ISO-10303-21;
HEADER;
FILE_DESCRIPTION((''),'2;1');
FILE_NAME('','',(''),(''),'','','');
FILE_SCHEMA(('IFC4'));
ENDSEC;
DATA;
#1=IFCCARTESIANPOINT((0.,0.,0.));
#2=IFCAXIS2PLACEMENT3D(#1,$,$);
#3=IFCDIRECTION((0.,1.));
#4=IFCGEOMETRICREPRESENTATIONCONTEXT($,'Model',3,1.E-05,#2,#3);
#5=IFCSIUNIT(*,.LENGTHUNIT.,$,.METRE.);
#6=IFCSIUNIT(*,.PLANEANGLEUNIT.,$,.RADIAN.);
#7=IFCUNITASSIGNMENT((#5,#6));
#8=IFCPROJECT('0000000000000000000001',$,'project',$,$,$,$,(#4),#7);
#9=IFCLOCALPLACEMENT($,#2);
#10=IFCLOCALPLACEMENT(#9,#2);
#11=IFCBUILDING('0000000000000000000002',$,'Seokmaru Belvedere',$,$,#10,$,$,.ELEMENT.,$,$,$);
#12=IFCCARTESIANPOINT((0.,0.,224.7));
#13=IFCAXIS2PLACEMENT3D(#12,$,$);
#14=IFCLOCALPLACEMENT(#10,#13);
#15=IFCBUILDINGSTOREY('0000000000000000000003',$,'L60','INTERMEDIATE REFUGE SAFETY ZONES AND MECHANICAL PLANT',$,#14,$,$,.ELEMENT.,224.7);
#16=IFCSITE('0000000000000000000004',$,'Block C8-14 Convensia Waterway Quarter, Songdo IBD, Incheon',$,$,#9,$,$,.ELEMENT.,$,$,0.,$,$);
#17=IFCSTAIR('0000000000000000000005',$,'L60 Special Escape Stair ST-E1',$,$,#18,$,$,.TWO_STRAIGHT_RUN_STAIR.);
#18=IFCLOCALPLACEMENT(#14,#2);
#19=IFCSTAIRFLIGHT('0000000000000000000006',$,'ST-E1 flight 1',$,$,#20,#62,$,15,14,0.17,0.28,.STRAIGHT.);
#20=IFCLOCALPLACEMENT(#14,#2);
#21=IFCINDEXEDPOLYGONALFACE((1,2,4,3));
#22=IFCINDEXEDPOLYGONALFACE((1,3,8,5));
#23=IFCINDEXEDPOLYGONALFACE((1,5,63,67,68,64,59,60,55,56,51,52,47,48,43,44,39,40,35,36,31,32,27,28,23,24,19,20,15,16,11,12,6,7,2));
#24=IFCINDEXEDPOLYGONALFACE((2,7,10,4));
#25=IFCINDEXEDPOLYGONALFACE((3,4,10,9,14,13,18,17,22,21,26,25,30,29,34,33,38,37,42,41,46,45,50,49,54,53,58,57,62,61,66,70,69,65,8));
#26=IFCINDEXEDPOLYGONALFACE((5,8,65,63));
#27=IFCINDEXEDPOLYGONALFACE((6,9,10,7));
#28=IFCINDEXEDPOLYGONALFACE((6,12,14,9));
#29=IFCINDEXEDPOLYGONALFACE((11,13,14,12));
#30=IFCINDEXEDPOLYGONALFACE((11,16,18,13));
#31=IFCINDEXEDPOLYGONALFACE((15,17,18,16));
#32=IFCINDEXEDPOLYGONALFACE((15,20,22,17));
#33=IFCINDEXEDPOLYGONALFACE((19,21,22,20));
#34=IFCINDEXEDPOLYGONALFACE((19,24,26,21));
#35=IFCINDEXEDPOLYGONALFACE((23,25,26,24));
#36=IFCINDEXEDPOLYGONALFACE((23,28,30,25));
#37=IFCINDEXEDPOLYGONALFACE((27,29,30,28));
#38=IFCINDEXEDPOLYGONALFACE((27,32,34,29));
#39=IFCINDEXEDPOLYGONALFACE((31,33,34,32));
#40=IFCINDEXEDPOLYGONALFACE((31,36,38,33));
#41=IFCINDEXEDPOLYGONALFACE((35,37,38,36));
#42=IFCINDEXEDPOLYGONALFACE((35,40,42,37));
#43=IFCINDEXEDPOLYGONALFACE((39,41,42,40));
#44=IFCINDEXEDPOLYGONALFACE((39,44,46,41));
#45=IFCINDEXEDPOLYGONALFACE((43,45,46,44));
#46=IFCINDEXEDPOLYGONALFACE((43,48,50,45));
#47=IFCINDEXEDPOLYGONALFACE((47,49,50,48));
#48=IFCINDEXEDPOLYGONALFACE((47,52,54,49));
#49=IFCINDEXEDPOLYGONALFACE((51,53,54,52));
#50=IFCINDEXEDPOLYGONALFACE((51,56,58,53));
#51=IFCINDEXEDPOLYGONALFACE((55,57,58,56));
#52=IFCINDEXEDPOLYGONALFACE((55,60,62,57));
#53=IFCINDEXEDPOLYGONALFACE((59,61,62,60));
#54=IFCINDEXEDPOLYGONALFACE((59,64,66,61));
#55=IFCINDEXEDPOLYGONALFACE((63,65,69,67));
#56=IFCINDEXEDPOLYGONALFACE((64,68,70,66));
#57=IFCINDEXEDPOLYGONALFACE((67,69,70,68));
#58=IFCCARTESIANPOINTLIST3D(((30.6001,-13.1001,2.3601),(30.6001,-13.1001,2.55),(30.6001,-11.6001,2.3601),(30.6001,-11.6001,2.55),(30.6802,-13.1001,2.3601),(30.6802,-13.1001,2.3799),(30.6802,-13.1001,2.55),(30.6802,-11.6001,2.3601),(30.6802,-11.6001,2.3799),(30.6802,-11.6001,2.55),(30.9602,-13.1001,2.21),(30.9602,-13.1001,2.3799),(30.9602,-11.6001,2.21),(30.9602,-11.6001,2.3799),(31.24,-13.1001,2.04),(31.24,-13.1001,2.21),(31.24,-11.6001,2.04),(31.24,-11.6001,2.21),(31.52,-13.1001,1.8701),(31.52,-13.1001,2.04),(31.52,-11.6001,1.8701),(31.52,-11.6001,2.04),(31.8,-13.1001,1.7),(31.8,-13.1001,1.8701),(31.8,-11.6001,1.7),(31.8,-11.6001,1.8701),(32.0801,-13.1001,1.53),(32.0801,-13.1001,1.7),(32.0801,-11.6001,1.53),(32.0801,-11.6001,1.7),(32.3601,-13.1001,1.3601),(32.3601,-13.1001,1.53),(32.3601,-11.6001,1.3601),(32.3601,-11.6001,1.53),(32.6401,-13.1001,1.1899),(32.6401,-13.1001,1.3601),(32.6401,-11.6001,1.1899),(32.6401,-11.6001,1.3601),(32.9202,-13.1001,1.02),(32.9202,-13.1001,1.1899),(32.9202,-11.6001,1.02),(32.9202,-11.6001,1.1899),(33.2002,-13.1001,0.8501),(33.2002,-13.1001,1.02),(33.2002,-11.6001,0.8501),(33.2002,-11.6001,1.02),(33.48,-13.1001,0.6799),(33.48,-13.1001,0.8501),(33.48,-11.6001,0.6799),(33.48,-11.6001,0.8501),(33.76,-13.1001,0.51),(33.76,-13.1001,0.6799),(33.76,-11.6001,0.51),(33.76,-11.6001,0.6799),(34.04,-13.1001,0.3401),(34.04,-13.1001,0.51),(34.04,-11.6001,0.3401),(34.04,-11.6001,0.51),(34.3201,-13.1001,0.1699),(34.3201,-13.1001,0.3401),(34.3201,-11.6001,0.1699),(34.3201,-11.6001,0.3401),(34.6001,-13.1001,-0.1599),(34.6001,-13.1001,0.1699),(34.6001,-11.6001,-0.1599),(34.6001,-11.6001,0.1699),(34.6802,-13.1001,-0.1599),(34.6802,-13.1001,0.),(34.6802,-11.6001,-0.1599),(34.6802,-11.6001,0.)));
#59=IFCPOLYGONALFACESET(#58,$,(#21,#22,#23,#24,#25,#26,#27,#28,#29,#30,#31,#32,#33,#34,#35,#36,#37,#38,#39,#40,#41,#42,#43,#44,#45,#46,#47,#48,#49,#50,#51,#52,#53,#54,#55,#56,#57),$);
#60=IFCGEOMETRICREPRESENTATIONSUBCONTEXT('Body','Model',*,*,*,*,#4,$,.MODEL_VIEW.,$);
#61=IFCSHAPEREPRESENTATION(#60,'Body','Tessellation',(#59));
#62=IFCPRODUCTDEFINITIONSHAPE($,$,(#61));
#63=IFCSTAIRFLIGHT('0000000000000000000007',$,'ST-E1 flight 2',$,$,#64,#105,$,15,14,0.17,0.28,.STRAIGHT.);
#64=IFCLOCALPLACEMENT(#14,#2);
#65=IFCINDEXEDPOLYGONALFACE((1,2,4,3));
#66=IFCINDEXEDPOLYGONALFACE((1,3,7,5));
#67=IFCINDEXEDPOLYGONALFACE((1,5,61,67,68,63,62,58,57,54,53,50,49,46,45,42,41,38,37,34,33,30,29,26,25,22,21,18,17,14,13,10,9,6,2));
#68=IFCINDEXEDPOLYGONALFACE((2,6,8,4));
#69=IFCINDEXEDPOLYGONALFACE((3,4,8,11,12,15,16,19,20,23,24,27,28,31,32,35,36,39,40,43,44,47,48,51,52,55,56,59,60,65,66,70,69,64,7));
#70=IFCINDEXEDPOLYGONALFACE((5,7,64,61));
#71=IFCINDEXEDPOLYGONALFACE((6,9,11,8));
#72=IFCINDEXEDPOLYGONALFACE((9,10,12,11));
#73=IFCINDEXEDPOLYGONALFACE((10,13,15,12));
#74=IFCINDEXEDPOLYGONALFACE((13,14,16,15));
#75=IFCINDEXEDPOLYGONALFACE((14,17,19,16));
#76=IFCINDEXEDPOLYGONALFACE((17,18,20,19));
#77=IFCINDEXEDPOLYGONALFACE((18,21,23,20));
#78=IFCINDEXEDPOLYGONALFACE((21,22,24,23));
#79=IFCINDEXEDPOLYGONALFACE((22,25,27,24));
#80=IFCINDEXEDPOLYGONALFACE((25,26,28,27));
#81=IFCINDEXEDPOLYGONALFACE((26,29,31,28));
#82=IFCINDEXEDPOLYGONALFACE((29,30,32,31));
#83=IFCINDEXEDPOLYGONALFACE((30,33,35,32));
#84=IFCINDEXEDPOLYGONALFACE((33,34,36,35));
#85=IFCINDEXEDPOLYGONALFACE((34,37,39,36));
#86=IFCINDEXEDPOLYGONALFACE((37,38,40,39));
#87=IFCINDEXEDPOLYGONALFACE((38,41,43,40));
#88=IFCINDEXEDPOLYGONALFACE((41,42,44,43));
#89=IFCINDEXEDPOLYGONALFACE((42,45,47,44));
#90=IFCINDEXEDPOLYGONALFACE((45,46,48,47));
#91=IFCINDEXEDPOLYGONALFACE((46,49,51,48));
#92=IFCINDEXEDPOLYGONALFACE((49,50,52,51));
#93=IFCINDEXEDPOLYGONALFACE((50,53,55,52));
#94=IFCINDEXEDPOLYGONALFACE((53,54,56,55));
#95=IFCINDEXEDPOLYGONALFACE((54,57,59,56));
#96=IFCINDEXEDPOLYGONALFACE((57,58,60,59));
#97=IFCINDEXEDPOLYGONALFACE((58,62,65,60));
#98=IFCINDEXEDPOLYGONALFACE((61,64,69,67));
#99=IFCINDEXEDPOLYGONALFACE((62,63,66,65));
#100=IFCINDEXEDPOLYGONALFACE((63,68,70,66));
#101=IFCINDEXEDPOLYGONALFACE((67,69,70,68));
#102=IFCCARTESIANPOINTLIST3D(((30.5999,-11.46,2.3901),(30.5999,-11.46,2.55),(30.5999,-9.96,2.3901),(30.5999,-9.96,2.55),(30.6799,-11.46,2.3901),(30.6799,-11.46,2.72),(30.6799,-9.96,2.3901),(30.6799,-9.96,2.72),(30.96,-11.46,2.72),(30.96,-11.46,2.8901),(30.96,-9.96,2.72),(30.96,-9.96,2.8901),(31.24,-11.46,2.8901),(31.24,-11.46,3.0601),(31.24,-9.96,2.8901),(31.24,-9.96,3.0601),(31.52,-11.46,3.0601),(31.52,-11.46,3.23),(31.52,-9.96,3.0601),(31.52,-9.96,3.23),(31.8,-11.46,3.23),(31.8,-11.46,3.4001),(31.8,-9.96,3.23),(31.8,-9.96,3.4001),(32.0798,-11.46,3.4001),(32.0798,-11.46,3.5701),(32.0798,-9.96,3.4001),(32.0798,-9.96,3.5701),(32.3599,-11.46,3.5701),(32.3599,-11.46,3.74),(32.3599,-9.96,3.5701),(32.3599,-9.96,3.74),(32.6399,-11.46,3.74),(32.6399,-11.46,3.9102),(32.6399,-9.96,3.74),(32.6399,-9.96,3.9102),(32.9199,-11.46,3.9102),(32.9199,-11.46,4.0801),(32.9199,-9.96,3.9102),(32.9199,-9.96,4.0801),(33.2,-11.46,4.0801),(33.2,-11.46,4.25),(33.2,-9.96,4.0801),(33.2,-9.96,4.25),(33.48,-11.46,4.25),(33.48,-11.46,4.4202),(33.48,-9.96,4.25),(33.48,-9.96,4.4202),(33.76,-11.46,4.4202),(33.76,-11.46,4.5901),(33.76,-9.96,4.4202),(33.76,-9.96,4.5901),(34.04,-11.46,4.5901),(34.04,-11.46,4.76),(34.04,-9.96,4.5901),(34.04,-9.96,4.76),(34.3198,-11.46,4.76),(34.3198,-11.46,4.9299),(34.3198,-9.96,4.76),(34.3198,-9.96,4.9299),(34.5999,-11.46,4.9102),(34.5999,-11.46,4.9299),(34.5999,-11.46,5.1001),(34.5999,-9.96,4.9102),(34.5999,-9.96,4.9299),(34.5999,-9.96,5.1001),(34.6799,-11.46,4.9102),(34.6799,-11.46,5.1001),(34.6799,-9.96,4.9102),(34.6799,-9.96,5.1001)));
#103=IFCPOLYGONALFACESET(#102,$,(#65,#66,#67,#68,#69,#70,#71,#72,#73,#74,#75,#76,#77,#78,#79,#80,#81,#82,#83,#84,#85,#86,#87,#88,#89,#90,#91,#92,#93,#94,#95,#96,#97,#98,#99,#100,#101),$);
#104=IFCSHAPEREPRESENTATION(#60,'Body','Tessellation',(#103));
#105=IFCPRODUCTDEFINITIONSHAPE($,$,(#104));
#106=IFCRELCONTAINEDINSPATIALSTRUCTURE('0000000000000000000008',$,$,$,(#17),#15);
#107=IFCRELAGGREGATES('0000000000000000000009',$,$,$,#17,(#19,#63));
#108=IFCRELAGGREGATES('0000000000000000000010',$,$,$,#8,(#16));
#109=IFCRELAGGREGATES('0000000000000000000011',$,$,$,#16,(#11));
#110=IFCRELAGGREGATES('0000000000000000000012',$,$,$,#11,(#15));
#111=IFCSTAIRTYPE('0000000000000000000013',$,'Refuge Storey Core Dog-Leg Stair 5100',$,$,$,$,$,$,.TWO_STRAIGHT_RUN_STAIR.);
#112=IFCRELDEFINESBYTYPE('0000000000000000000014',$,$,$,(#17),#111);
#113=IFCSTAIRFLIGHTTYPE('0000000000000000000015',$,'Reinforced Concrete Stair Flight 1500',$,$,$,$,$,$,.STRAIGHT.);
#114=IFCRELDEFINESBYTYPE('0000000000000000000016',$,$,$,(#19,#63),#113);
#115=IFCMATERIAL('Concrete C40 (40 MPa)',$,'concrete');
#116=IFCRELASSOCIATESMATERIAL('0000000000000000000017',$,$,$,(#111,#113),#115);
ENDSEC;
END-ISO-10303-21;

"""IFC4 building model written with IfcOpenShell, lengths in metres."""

from ifc_helpers import new_model, si_unit, direction, frame, origin, place, context, subcontext, project, spatial, polyline, outline, extrude, material, type_object, element, aggregate, save


model = new_model("IFC4")

# Units and contexts
model_context = context("Model", 3, precision=1e-05, world=origin(), true_north=direction((0.0, 1.0)))
body_context = subcontext(model_context, "Body", "Model", "MODEL_VIEW")
ifc_project = project(units=[si_unit("LENGTHUNIT", "METRE"), si_unit("PLANEANGLEUNIT", "RADIAN")], contexts=[model_context])

# Site, building, storey
site_placement = place(None, origin())
site = spatial("IfcSite", under=ifc_project, at=site_placement, Name="Block C8-14 Convensia Waterway Quarter, Songdo IBD, Incheon", CompositionType="ELEMENT", RefElevation=0.0)
building_placement = place(site_placement, origin())
building = spatial("IfcBuilding", under=site, at=building_placement, Name="Seokmaru Belvedere", CompositionType="ELEMENT")
storey_placement = place(building_placement, frame((0.0, 0.0, 224.7)))
storey = spatial("IfcBuildingStorey", under=building, at=storey_placement, Name="L60", Description="INTERMEDIATE REFUGE SAFETY ZONES AND MECHANICAL PLANT", CompositionType="ELEMENT", Elevation=224.7)

# Shared definitions
ifc_material_1 = material(Name="Concrete C40 (40 MPa)", Category="concrete")

# Stair, stair flights
stair_type = type_object("IfcStairType", Name="Refuge Storey Core Dog-Leg Stair 5100", PredefinedType="TWO_STRAIGHT_RUN_STAIR", material=ifc_material_1)
stair_placement = place(storey_placement, origin())
stair = element("IfcStair", 1, at=stair_placement, inside=storey, type_object=stair_type, Name="L60 Special Escape Stair ST-E1", PredefinedType="TWO_STRAIGHT_RUN_STAIR")
stair_flight_type = type_object("IfcStairFlightType", Name="Reinforced Concrete Stair Flight 1500", PredefinedType="STRAIGHT", material=ifc_material_1)
stair_flight_1_placement = place(storey_placement, frame((34.6001, -12.3501, 0.0), z_axis=(0.0, 0.0, 1.0), x_axis=(-1.0, 0.0, 0.0)))
stair_flight_1 = element("IfcStairFlight", 2, at=stair_flight_1_placement, type_object=stair_flight_type, Name="ST-E1 flight 1", NumberOfRisers=15, NumberOfTreads=14, PredefinedType="STRAIGHT", RiserHeight=0.17, TreadLength=0.28, context=body_context, shape_type="SweptSolid", body=[
    extrude(outline(polyline([(-0.0801, 0.0), (0.0, 0.1699), (0.28, 0.1699), (0.28, 0.3401), (0.5601, 0.3401), (0.5601, 0.51), (0.8401, 0.51), (0.8401, 0.6799), (1.1201, 0.6799), (1.1201, 0.8501), (1.3999, 0.8501), (1.3999, 1.02), (1.6799, 1.02), (1.6799, 1.1899), (1.96, 1.1899), (1.96, 1.3601), (2.24, 1.3601), (2.24, 1.53), (2.52, 1.53), (2.52, 1.7), (2.8, 1.7), (2.8, 1.8701), (3.0801, 1.8701), (3.0801, 2.04), (3.3601, 2.04), (3.3601, 2.21), (3.6399, 2.21), (3.6399, 2.3799), (3.9199, 2.3799), (3.9199, 2.55), (4.0, 2.55), (4.0, 2.3601), (3.9199, 2.3601), (0.0, -0.1599), (-0.0801, -0.1599), (-0.0801, 0.0)])), frame((0.0, 0.75, 0.0), z_axis=(0.0, -1.0, 0.0), x_axis=(1.0, 0.0, 0.0)), (0.0, 0.0, 1.0), 1.5),
])
stair_flight_2_placement = place(storey_placement, frame((30.6799, -10.71, 2.55), z_axis=(0.0, 0.0, 1.0), x_axis=(1.0, 0.0, 0.0)))
stair_flight_2 = element("IfcStairFlight", 3, at=stair_flight_2_placement, type_object=stair_flight_type, Name="ST-E1 flight 2", NumberOfRisers=15, NumberOfTreads=14, PredefinedType="STRAIGHT", RiserHeight=0.17, TreadLength=0.28, context=body_context, shape_type="SweptSolid", body=[
    extrude(outline(polyline([(-0.0801, 0.0), (0.0, 0.1699), (0.28, 0.1699), (0.28, 0.3401), (0.5601, 0.3401), (0.5601, 0.51), (0.8401, 0.51), (0.8401, 0.6799), (1.1201, 0.6799), (1.1201, 0.8501), (1.3999, 0.8501), (1.3999, 1.02), (1.6799, 1.02), (1.6799, 1.1899), (1.96, 1.1899), (1.96, 1.3601), (2.24, 1.3601), (2.24, 1.53), (2.52, 1.53), (2.52, 1.7), (2.8, 1.7), (2.8, 1.8701), (3.0801, 1.8701), (3.0801, 2.04), (3.3601, 2.04), (3.3601, 2.21), (3.6399, 2.21), (3.6399, 2.3799), (3.9199, 2.3799), (3.9199, 2.55), (4.0, 2.55), (4.0, 2.3601), (3.9199, 2.3601), (0.0, -0.1599), (-0.0801, -0.1599), (-0.0801, 0.0)])), frame((0.0, 0.75, 0.0), z_axis=(0.0, -1.0, 0.0), x_axis=(1.0, 0.0, 0.0)), (0.0, 0.0, 1.0), 1.5),
])
aggregate(stair, [stair_flight_1, stair_flight_2])

save(model, "model.ifc")
